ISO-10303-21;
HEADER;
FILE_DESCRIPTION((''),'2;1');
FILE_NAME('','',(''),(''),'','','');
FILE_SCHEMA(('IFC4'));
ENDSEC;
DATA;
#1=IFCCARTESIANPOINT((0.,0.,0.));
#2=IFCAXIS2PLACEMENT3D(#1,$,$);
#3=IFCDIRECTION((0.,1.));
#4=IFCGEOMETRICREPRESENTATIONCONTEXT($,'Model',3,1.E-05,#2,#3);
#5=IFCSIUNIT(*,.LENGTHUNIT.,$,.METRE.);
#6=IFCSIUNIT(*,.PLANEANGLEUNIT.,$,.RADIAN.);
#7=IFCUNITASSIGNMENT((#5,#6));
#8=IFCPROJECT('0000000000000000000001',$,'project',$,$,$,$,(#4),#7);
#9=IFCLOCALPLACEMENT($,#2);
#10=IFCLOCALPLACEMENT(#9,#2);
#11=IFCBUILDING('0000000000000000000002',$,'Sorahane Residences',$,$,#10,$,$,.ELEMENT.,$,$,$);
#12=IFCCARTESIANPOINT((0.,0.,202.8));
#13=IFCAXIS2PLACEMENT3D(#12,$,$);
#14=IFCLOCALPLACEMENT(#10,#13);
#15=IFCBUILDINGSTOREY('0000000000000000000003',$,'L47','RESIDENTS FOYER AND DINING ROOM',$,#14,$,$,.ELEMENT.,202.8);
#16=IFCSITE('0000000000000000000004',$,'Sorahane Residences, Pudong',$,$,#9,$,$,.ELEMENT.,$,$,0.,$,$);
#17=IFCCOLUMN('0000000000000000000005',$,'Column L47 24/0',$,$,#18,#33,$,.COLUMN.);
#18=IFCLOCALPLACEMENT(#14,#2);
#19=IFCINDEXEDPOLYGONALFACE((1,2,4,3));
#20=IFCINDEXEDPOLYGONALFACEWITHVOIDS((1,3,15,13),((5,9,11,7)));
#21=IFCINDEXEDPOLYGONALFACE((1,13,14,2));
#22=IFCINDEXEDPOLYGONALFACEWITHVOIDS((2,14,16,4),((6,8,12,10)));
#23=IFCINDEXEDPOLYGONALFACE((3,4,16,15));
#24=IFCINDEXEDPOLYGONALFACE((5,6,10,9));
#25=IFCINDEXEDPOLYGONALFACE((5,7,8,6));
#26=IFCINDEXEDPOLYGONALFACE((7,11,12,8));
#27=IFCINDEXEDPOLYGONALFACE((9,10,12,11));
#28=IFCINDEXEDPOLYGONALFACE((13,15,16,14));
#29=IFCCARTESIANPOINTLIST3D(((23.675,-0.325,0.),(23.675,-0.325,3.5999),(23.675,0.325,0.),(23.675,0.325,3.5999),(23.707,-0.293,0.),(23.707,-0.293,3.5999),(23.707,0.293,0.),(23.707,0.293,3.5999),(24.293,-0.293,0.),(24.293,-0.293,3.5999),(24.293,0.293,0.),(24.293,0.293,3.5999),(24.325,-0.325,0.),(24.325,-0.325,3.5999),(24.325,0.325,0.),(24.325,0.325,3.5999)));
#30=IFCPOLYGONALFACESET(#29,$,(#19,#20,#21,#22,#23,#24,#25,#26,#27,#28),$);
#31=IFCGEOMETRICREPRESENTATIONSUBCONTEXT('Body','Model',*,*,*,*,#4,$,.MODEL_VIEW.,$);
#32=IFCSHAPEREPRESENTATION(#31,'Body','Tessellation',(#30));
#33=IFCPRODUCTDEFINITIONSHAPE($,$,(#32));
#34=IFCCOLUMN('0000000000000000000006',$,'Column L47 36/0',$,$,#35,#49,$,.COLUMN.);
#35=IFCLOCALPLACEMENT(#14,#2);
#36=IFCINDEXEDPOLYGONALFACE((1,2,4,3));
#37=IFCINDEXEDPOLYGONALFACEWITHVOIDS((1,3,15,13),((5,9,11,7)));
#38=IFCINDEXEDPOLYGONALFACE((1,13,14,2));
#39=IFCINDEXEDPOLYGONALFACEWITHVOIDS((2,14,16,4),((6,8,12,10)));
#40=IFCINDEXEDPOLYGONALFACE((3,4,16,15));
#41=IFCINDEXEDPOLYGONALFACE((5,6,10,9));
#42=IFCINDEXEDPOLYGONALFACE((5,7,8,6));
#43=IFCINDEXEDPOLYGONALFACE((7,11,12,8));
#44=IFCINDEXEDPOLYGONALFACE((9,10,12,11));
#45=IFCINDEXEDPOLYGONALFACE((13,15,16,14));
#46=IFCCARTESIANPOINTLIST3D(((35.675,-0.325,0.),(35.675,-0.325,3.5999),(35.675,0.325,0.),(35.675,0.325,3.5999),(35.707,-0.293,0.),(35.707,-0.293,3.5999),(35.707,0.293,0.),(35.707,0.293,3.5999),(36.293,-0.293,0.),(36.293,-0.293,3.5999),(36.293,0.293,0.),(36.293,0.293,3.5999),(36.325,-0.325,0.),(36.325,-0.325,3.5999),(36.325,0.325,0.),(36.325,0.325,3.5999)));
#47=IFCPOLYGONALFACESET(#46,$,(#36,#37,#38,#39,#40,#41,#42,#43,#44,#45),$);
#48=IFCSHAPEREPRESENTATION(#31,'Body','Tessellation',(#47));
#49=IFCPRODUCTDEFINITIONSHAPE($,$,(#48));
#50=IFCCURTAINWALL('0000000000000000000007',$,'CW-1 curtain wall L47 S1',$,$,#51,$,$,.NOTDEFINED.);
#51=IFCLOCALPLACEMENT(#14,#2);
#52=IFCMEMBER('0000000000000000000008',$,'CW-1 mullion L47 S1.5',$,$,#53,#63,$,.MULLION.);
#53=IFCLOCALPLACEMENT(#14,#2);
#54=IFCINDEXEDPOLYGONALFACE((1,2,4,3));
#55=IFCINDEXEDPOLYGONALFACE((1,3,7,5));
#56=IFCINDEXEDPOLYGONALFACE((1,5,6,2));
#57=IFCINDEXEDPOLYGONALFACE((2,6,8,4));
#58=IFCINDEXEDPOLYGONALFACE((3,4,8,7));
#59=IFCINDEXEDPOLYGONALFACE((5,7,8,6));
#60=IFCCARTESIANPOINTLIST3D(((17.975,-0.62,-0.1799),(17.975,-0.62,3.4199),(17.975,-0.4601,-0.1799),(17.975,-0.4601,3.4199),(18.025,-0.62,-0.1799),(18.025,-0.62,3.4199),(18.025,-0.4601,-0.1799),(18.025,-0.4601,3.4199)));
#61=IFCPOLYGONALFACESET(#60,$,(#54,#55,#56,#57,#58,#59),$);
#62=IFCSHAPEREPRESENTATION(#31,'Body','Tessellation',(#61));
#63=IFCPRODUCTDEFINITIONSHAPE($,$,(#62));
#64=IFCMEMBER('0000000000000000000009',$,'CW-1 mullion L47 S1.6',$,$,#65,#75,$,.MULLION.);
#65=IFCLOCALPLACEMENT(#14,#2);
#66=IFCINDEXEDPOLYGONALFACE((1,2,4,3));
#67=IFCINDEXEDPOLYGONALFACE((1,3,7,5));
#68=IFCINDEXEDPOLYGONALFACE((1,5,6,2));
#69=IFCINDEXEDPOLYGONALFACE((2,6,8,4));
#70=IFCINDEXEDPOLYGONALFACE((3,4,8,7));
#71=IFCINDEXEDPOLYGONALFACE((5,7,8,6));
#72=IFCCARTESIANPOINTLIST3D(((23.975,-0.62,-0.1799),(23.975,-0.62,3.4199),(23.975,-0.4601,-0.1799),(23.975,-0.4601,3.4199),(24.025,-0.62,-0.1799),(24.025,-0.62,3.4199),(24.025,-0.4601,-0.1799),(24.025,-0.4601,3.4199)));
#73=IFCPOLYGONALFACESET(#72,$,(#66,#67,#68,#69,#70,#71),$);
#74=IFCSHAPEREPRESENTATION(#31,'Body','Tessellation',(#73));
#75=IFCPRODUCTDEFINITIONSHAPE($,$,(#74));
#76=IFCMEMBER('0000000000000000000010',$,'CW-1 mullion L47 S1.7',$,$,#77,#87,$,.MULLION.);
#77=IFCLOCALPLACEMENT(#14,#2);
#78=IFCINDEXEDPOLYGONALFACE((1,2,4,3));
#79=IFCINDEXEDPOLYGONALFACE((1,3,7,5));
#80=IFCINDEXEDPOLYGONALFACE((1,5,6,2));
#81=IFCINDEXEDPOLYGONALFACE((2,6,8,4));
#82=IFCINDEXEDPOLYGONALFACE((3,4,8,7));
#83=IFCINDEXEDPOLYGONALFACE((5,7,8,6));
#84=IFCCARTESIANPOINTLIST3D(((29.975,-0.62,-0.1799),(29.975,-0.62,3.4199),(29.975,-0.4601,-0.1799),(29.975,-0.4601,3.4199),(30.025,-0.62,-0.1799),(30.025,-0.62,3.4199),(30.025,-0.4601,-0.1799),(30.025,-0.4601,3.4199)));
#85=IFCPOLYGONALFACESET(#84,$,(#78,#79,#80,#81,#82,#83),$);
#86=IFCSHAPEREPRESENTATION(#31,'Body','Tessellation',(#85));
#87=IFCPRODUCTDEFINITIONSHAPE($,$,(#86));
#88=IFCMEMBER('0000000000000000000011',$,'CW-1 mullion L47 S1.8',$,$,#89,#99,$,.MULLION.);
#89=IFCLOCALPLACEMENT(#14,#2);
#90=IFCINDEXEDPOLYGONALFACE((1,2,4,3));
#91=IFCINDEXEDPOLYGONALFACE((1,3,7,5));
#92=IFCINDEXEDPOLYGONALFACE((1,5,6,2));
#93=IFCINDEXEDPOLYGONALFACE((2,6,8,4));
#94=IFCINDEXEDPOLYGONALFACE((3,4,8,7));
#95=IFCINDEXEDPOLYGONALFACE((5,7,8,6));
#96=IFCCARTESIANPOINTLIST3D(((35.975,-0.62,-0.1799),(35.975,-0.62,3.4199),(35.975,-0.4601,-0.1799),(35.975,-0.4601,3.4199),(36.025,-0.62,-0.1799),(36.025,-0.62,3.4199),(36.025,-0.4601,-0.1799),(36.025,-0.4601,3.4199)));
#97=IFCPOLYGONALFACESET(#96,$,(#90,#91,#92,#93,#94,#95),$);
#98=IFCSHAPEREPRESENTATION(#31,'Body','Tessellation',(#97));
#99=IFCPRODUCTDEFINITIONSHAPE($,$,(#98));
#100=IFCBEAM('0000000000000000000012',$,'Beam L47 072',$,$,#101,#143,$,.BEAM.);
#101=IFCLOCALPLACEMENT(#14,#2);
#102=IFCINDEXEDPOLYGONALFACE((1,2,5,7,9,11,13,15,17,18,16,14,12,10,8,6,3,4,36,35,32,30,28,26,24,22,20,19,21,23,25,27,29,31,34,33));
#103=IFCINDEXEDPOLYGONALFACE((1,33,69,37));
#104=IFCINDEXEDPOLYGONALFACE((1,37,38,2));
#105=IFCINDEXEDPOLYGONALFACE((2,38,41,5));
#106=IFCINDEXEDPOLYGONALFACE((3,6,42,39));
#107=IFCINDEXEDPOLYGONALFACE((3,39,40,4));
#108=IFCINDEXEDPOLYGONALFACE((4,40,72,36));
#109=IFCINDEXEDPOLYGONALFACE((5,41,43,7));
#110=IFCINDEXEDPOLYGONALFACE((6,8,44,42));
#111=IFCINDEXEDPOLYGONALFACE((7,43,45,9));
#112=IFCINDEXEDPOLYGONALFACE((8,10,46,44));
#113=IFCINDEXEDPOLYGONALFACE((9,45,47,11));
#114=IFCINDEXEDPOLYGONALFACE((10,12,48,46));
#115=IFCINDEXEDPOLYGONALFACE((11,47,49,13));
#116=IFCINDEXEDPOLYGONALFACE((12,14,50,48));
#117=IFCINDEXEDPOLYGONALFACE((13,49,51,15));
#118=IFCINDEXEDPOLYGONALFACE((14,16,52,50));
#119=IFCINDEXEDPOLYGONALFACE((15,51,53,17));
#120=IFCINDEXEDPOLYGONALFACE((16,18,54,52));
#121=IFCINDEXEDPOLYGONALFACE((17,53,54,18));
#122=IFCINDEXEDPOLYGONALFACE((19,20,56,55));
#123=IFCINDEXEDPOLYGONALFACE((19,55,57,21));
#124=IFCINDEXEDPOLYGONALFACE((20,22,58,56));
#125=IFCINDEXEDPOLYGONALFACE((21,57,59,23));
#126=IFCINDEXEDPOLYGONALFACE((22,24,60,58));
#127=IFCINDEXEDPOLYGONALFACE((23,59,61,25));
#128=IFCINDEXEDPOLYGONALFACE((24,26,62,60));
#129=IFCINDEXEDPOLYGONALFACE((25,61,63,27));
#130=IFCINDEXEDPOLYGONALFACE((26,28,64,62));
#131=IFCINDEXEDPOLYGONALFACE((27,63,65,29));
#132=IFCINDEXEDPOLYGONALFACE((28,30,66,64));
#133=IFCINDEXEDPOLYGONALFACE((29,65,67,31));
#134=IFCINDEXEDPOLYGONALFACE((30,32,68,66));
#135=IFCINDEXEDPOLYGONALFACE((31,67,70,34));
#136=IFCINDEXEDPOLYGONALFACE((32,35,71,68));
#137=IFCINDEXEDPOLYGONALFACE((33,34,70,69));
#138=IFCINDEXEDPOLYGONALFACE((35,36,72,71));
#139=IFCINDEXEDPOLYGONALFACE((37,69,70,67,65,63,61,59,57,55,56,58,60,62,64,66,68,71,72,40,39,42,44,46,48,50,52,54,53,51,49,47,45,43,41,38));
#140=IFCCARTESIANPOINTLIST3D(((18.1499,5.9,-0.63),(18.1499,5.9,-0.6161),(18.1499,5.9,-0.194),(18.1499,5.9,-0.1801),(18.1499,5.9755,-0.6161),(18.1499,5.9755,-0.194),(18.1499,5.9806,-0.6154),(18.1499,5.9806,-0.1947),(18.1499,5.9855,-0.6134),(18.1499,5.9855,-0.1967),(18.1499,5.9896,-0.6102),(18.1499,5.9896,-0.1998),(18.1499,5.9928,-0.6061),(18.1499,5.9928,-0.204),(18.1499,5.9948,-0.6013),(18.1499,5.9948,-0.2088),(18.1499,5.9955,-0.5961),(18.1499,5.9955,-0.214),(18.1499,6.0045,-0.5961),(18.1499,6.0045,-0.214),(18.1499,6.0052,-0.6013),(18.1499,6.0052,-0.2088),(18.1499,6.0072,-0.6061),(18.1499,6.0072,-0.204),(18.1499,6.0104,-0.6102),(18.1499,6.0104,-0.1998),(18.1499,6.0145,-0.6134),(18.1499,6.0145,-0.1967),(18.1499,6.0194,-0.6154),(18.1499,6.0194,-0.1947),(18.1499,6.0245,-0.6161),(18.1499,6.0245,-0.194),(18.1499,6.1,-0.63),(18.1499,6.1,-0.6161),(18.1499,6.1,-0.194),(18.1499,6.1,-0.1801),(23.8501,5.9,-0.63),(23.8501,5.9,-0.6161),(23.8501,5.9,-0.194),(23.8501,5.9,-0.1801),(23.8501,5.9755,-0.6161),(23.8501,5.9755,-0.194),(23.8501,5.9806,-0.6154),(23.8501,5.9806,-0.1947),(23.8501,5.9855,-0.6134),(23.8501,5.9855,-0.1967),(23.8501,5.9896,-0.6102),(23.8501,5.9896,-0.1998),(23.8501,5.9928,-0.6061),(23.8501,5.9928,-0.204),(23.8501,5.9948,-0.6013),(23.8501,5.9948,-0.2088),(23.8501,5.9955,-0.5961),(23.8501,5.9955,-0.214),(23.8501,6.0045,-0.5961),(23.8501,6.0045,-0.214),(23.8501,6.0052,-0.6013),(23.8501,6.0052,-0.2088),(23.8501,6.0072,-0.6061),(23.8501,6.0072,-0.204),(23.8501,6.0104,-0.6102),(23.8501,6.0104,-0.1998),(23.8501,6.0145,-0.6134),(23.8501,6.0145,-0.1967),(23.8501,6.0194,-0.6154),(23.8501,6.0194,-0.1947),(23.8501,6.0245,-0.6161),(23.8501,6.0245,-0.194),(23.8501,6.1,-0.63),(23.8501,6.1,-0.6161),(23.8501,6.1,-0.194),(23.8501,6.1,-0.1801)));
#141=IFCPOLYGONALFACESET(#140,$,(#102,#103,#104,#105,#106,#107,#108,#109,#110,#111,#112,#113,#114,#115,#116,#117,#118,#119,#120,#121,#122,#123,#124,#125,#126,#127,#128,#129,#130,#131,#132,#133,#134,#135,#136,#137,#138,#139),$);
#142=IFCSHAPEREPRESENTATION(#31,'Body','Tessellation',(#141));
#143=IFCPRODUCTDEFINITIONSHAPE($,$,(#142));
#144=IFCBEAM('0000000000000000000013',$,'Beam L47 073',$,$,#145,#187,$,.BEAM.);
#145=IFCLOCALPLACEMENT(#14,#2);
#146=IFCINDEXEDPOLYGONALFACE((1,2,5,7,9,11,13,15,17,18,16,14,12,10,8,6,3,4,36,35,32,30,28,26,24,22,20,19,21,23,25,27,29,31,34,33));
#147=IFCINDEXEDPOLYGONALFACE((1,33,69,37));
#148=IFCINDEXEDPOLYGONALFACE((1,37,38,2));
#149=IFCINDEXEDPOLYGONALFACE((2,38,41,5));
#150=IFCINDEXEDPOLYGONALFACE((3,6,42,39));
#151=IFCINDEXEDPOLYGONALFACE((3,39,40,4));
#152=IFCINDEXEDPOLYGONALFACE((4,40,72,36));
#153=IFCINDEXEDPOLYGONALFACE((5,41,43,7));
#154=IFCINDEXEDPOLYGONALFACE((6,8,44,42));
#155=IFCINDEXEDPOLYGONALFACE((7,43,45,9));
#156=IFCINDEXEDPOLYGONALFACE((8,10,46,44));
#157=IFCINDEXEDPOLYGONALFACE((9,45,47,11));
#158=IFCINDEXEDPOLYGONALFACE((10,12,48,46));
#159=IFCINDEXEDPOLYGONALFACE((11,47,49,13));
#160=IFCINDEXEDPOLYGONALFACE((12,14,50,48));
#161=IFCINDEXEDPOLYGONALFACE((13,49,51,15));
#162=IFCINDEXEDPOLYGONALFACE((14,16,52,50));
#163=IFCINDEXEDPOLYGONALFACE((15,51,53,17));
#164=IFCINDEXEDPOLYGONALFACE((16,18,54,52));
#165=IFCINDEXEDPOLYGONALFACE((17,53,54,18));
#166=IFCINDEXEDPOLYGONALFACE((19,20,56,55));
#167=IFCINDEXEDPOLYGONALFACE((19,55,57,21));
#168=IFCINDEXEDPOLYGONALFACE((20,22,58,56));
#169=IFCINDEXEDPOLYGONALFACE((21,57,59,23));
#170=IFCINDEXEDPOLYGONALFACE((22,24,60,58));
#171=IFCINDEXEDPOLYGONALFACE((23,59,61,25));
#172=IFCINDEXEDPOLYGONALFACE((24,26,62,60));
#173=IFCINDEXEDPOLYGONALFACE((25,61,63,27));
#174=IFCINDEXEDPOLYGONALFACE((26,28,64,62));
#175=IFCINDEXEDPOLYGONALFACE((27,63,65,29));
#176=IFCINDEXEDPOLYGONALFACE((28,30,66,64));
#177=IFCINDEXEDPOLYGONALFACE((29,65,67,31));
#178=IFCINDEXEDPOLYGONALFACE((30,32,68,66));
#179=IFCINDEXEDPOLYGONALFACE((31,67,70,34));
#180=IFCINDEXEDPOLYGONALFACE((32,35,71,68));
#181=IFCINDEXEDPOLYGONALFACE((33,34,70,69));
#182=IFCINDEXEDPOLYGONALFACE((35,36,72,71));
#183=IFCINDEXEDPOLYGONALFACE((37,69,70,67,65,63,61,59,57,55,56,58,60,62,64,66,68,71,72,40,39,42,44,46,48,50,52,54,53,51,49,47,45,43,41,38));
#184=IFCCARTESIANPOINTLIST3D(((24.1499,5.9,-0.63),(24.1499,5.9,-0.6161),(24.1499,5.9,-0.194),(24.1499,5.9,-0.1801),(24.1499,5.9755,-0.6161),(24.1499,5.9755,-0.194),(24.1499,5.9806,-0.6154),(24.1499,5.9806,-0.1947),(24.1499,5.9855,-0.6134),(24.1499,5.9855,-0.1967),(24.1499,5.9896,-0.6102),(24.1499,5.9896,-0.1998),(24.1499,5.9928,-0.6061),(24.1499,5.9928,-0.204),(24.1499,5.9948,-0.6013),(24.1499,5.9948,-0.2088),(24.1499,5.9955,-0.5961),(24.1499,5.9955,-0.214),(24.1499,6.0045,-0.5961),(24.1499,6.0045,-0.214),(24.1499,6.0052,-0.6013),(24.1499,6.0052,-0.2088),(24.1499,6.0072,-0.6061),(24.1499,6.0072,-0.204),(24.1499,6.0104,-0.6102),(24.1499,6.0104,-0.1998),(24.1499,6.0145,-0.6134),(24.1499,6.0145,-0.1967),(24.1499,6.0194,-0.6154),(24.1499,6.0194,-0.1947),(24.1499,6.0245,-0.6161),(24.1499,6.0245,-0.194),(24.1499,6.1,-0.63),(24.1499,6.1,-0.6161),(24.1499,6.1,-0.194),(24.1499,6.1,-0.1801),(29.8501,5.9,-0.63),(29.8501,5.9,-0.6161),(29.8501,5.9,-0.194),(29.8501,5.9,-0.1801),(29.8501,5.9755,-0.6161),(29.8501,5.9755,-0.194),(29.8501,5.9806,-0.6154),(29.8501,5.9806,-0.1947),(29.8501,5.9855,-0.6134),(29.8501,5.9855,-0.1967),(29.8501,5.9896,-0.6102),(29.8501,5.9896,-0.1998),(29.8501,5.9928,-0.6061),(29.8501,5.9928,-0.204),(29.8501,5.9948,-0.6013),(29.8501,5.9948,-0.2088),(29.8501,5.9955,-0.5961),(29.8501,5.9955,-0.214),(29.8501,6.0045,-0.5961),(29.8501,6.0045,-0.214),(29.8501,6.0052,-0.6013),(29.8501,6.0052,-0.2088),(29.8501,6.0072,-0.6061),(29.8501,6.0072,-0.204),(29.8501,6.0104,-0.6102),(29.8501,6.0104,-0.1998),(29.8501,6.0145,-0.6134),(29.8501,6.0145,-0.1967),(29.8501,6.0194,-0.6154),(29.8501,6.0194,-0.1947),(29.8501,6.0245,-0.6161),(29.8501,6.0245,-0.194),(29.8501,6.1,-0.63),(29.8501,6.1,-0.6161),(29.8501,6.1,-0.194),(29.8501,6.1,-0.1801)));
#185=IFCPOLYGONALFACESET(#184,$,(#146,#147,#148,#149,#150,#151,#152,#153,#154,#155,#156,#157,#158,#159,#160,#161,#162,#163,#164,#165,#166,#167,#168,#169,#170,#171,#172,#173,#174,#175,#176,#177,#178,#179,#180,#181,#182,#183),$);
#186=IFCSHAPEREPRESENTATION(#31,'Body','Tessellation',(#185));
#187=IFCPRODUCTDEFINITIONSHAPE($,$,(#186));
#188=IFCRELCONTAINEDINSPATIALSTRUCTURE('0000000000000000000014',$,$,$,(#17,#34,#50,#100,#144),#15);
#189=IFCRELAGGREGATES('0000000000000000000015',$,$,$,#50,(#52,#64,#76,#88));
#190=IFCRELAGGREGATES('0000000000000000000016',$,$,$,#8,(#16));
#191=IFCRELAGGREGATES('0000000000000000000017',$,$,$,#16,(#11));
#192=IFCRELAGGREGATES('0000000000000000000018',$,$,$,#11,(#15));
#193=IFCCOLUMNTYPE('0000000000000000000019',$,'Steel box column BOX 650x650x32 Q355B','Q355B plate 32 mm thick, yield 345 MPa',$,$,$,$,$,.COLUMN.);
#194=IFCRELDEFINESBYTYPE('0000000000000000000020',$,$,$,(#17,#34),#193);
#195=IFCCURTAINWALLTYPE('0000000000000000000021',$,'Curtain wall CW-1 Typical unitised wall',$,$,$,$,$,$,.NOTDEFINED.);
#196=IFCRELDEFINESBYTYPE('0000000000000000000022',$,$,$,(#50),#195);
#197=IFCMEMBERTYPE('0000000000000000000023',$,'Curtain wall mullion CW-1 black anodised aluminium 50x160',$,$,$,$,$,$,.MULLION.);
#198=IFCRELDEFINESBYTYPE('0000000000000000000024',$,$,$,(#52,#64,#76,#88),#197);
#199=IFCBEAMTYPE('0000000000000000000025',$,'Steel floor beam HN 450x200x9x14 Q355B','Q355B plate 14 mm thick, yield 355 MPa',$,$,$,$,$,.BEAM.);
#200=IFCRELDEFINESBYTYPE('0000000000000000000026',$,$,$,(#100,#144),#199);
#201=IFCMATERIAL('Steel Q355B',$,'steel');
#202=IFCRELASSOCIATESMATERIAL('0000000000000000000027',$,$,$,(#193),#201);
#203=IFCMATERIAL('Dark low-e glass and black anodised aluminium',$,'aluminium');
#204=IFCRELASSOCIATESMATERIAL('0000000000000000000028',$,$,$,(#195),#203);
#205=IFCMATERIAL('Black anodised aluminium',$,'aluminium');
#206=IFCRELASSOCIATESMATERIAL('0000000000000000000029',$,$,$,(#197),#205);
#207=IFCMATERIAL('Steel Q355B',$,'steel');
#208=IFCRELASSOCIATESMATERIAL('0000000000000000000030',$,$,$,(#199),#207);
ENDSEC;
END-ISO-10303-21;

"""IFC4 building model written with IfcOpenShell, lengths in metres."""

from ifc_helpers import new_model, si_unit, direction, frame, origin, origin_2d, place, context, subcontext, project, spatial, rectangle, hollow_rectangle, i_section, extrude, material, material_profile, profile_set, type_object, element, aggregate, save


model = new_model("IFC4")

# Units and contexts
model_context = context("Model", 3, precision=1e-05, world=origin(), true_north=direction((0.0, 1.0)))
body_context = subcontext(model_context, "Body", "Model", "MODEL_VIEW")
ifc_project = project(units=[si_unit("LENGTHUNIT", "METRE"), si_unit("PLANEANGLEUNIT", "RADIAN")], contexts=[model_context])

# Site, building, storey
site_placement = place(None, origin())
site = spatial("IfcSite", under=ifc_project, at=site_placement, Name="Sorahane Residences, Pudong", CompositionType="ELEMENT", RefElevation=0.0)
building_placement = place(site_placement, origin())
building = spatial("IfcBuilding", under=site, at=building_placement, Name="Sorahane Residences", CompositionType="ELEMENT")
storey_placement = place(building_placement, frame((0.0, 0.0, 202.8)))
storey = spatial("IfcBuildingStorey", under=building, at=storey_placement, Name="L47", Description="RESIDENTS FOYER AND DINING ROOM", CompositionType="ELEMENT", Elevation=202.8)

# Columns
ifc_material_1 = material(Name="Steel Q355B", Category="steel")
ifc_material_profile_1 = material_profile(ifc_material_1, hollow_rectangle(XDim=0.6499, YDim=0.6499, WallThickness=0.032, at=origin_2d()), Name="BOX 650x650x32")
ifc_profile_set_1 = profile_set([ifc_material_profile_1], Name="Steel Q355B")
column_type = type_object("IfcColumnType", Name="Steel box column BOX 650x650x32 Q355B", Description="Q355B plate 32 mm thick, yield 345 MPa", PredefinedType="COLUMN", material=ifc_profile_set_1)
for number, where, z_axis, x_axis, name in (
    (1, (24.0, 0.0, 0.0), (0.0, 0.0, 1.0), (1.0, 0.0, 0.0), "Column L47 24/0"),
    (2, (36.0, 0.0, 0.0), (0.0, 0.0, 1.0), (1.0, 0.0, 0.0), "Column L47 36/0"),
):
    element("IfcColumn", number, at=place(storey_placement, frame(where, z_axis=z_axis, x_axis=x_axis)), inside=storey, type_object=column_type, Name=name, PredefinedType="COLUMN", context=body_context, shape_type="SweptSolid", body=[
        extrude(hollow_rectangle(XDim=0.6499, YDim=0.6499, WallThickness=0.032, at=origin_2d()), origin(), (0.0, 0.0, 1.0), 3.5999),
    ])

# Curtain wall, members
ifc_material_2 = material(Name="Dark low-e glass and black anodised aluminium", Category="aluminium")
curtain_wall_type = type_object("IfcCurtainWallType", Name="Curtain wall CW-1 Typical unitised wall", PredefinedType="NOTDEFINED", material=ifc_material_2)
curtain_wall_placement = place(storey_placement, origin())
curtain_wall = element("IfcCurtainWall", 3, at=curtain_wall_placement, inside=storey, type_object=curtain_wall_type, Name="CW-1 curtain wall L47 S1", PredefinedType="NOTDEFINED")
ifc_material_3 = material(Name="Black anodised aluminium", Category="aluminium")
ifc_material_profile_2 = material_profile(ifc_material_3, rectangle(XDim=0.1599, YDim=0.05, at=origin_2d()), Name="Curtain wall mullion CW-1 black anodised aluminium 50x160")
ifc_profile_set_2 = profile_set([ifc_material_profile_2], Name="Black anodised aluminium")
member_type = type_object("IfcMemberType", Name="Curtain wall mullion CW-1 black anodised aluminium 50x160", PredefinedType="MULLION", material=ifc_profile_set_2)
member_1_placement = place(storey_placement, frame((18.0, -0.54, -0.1799), z_axis=(0.0, 0.0, 1.0), x_axis=(0.0, -1.0, 0.0)))
member_1 = element("IfcMember", 4, at=member_1_placement, type_object=member_type, Name="CW-1 mullion L47 S1.5", PredefinedType="MULLION", context=body_context, shape_type="SweptSolid", body=[
    extrude(rectangle(XDim=0.1599, YDim=0.05, at=origin_2d()), origin(), (0.0, 0.0, 1.0), 3.5999),
])
member_2_placement = place(storey_placement, frame((24.0, -0.54, -0.1799), z_axis=(0.0, 0.0, 1.0), x_axis=(0.0, -1.0, 0.0)))
member_2 = element("IfcMember", 5, at=member_2_placement, type_object=member_type, Name="CW-1 mullion L47 S1.6", PredefinedType="MULLION", context=body_context, shape_type="SweptSolid", body=[
    extrude(rectangle(XDim=0.1599, YDim=0.05, at=origin_2d()), origin(), (0.0, 0.0, 1.0), 3.5999),
])
member_3_placement = place(storey_placement, frame((30.0, -0.54, -0.1799), z_axis=(0.0, 0.0, 1.0), x_axis=(0.0, -1.0, 0.0)))
member_3 = element("IfcMember", 6, at=member_3_placement, type_object=member_type, Name="CW-1 mullion L47 S1.7", PredefinedType="MULLION", context=body_context, shape_type="SweptSolid", body=[
    extrude(rectangle(XDim=0.1599, YDim=0.05, at=origin_2d()), origin(), (0.0, 0.0, 1.0), 3.5999),
])
member_4_placement = place(storey_placement, frame((36.0, -0.54, -0.1799), z_axis=(0.0, 0.0, 1.0), x_axis=(0.0, -1.0, 0.0)))
member_4 = element("IfcMember", 7, at=member_4_placement, type_object=member_type, Name="CW-1 mullion L47 S1.8", PredefinedType="MULLION", context=body_context, shape_type="SweptSolid", body=[
    extrude(rectangle(XDim=0.1599, YDim=0.05, at=origin_2d()), origin(), (0.0, 0.0, 1.0), 3.5999),
])

# Beams
ifc_material_4 = material(Name="Steel Q355B", Category="steel")
ifc_material_profile_3 = material_profile(ifc_material_4, i_section(OverallWidth=0.2, OverallDepth=0.45, WebThickness=0.009, FlangeThickness=0.0139, FilletRadius=0.02, at=origin_2d()), Name="HN 450x200x9x14")
ifc_profile_set_3 = profile_set([ifc_material_profile_3], Name="Steel Q355B")
beam_type_1 = type_object("IfcBeamType", Name="Steel floor beam HN 450x200x9x14 Q355B", Description="Q355B plate 14 mm thick, yield 355 MPa", PredefinedType="BEAM", material=ifc_profile_set_3)
for number, where, z_axis, x_axis, name in (
    (8, (18.1499, 6.0, -0.405), (1.0, 0.0, 0.0), (0.0, 1.0, 0.0), "Beam L47 072"),
    (9, (24.1499, 6.0, -0.405), (1.0, 0.0, 0.0), (0.0, 1.0, 0.0), "Beam L47 073"),
):
    element("IfcBeam", number, at=place(storey_placement, frame(where, z_axis=z_axis, x_axis=x_axis)), inside=storey, type_object=beam_type_1, Name=name, PredefinedType="BEAM", context=body_context, shape_type="SweptSolid", body=[
        extrude(i_section(OverallWidth=0.2, OverallDepth=0.45, WebThickness=0.009, FlangeThickness=0.0139, FilletRadius=0.02, at=origin_2d()), origin(), (0.0, 0.0, 1.0), 5.7002),
    ])

aggregate(curtain_wall, [member_1, member_2, member_3, member_4])

save(model, "model.ifc")
